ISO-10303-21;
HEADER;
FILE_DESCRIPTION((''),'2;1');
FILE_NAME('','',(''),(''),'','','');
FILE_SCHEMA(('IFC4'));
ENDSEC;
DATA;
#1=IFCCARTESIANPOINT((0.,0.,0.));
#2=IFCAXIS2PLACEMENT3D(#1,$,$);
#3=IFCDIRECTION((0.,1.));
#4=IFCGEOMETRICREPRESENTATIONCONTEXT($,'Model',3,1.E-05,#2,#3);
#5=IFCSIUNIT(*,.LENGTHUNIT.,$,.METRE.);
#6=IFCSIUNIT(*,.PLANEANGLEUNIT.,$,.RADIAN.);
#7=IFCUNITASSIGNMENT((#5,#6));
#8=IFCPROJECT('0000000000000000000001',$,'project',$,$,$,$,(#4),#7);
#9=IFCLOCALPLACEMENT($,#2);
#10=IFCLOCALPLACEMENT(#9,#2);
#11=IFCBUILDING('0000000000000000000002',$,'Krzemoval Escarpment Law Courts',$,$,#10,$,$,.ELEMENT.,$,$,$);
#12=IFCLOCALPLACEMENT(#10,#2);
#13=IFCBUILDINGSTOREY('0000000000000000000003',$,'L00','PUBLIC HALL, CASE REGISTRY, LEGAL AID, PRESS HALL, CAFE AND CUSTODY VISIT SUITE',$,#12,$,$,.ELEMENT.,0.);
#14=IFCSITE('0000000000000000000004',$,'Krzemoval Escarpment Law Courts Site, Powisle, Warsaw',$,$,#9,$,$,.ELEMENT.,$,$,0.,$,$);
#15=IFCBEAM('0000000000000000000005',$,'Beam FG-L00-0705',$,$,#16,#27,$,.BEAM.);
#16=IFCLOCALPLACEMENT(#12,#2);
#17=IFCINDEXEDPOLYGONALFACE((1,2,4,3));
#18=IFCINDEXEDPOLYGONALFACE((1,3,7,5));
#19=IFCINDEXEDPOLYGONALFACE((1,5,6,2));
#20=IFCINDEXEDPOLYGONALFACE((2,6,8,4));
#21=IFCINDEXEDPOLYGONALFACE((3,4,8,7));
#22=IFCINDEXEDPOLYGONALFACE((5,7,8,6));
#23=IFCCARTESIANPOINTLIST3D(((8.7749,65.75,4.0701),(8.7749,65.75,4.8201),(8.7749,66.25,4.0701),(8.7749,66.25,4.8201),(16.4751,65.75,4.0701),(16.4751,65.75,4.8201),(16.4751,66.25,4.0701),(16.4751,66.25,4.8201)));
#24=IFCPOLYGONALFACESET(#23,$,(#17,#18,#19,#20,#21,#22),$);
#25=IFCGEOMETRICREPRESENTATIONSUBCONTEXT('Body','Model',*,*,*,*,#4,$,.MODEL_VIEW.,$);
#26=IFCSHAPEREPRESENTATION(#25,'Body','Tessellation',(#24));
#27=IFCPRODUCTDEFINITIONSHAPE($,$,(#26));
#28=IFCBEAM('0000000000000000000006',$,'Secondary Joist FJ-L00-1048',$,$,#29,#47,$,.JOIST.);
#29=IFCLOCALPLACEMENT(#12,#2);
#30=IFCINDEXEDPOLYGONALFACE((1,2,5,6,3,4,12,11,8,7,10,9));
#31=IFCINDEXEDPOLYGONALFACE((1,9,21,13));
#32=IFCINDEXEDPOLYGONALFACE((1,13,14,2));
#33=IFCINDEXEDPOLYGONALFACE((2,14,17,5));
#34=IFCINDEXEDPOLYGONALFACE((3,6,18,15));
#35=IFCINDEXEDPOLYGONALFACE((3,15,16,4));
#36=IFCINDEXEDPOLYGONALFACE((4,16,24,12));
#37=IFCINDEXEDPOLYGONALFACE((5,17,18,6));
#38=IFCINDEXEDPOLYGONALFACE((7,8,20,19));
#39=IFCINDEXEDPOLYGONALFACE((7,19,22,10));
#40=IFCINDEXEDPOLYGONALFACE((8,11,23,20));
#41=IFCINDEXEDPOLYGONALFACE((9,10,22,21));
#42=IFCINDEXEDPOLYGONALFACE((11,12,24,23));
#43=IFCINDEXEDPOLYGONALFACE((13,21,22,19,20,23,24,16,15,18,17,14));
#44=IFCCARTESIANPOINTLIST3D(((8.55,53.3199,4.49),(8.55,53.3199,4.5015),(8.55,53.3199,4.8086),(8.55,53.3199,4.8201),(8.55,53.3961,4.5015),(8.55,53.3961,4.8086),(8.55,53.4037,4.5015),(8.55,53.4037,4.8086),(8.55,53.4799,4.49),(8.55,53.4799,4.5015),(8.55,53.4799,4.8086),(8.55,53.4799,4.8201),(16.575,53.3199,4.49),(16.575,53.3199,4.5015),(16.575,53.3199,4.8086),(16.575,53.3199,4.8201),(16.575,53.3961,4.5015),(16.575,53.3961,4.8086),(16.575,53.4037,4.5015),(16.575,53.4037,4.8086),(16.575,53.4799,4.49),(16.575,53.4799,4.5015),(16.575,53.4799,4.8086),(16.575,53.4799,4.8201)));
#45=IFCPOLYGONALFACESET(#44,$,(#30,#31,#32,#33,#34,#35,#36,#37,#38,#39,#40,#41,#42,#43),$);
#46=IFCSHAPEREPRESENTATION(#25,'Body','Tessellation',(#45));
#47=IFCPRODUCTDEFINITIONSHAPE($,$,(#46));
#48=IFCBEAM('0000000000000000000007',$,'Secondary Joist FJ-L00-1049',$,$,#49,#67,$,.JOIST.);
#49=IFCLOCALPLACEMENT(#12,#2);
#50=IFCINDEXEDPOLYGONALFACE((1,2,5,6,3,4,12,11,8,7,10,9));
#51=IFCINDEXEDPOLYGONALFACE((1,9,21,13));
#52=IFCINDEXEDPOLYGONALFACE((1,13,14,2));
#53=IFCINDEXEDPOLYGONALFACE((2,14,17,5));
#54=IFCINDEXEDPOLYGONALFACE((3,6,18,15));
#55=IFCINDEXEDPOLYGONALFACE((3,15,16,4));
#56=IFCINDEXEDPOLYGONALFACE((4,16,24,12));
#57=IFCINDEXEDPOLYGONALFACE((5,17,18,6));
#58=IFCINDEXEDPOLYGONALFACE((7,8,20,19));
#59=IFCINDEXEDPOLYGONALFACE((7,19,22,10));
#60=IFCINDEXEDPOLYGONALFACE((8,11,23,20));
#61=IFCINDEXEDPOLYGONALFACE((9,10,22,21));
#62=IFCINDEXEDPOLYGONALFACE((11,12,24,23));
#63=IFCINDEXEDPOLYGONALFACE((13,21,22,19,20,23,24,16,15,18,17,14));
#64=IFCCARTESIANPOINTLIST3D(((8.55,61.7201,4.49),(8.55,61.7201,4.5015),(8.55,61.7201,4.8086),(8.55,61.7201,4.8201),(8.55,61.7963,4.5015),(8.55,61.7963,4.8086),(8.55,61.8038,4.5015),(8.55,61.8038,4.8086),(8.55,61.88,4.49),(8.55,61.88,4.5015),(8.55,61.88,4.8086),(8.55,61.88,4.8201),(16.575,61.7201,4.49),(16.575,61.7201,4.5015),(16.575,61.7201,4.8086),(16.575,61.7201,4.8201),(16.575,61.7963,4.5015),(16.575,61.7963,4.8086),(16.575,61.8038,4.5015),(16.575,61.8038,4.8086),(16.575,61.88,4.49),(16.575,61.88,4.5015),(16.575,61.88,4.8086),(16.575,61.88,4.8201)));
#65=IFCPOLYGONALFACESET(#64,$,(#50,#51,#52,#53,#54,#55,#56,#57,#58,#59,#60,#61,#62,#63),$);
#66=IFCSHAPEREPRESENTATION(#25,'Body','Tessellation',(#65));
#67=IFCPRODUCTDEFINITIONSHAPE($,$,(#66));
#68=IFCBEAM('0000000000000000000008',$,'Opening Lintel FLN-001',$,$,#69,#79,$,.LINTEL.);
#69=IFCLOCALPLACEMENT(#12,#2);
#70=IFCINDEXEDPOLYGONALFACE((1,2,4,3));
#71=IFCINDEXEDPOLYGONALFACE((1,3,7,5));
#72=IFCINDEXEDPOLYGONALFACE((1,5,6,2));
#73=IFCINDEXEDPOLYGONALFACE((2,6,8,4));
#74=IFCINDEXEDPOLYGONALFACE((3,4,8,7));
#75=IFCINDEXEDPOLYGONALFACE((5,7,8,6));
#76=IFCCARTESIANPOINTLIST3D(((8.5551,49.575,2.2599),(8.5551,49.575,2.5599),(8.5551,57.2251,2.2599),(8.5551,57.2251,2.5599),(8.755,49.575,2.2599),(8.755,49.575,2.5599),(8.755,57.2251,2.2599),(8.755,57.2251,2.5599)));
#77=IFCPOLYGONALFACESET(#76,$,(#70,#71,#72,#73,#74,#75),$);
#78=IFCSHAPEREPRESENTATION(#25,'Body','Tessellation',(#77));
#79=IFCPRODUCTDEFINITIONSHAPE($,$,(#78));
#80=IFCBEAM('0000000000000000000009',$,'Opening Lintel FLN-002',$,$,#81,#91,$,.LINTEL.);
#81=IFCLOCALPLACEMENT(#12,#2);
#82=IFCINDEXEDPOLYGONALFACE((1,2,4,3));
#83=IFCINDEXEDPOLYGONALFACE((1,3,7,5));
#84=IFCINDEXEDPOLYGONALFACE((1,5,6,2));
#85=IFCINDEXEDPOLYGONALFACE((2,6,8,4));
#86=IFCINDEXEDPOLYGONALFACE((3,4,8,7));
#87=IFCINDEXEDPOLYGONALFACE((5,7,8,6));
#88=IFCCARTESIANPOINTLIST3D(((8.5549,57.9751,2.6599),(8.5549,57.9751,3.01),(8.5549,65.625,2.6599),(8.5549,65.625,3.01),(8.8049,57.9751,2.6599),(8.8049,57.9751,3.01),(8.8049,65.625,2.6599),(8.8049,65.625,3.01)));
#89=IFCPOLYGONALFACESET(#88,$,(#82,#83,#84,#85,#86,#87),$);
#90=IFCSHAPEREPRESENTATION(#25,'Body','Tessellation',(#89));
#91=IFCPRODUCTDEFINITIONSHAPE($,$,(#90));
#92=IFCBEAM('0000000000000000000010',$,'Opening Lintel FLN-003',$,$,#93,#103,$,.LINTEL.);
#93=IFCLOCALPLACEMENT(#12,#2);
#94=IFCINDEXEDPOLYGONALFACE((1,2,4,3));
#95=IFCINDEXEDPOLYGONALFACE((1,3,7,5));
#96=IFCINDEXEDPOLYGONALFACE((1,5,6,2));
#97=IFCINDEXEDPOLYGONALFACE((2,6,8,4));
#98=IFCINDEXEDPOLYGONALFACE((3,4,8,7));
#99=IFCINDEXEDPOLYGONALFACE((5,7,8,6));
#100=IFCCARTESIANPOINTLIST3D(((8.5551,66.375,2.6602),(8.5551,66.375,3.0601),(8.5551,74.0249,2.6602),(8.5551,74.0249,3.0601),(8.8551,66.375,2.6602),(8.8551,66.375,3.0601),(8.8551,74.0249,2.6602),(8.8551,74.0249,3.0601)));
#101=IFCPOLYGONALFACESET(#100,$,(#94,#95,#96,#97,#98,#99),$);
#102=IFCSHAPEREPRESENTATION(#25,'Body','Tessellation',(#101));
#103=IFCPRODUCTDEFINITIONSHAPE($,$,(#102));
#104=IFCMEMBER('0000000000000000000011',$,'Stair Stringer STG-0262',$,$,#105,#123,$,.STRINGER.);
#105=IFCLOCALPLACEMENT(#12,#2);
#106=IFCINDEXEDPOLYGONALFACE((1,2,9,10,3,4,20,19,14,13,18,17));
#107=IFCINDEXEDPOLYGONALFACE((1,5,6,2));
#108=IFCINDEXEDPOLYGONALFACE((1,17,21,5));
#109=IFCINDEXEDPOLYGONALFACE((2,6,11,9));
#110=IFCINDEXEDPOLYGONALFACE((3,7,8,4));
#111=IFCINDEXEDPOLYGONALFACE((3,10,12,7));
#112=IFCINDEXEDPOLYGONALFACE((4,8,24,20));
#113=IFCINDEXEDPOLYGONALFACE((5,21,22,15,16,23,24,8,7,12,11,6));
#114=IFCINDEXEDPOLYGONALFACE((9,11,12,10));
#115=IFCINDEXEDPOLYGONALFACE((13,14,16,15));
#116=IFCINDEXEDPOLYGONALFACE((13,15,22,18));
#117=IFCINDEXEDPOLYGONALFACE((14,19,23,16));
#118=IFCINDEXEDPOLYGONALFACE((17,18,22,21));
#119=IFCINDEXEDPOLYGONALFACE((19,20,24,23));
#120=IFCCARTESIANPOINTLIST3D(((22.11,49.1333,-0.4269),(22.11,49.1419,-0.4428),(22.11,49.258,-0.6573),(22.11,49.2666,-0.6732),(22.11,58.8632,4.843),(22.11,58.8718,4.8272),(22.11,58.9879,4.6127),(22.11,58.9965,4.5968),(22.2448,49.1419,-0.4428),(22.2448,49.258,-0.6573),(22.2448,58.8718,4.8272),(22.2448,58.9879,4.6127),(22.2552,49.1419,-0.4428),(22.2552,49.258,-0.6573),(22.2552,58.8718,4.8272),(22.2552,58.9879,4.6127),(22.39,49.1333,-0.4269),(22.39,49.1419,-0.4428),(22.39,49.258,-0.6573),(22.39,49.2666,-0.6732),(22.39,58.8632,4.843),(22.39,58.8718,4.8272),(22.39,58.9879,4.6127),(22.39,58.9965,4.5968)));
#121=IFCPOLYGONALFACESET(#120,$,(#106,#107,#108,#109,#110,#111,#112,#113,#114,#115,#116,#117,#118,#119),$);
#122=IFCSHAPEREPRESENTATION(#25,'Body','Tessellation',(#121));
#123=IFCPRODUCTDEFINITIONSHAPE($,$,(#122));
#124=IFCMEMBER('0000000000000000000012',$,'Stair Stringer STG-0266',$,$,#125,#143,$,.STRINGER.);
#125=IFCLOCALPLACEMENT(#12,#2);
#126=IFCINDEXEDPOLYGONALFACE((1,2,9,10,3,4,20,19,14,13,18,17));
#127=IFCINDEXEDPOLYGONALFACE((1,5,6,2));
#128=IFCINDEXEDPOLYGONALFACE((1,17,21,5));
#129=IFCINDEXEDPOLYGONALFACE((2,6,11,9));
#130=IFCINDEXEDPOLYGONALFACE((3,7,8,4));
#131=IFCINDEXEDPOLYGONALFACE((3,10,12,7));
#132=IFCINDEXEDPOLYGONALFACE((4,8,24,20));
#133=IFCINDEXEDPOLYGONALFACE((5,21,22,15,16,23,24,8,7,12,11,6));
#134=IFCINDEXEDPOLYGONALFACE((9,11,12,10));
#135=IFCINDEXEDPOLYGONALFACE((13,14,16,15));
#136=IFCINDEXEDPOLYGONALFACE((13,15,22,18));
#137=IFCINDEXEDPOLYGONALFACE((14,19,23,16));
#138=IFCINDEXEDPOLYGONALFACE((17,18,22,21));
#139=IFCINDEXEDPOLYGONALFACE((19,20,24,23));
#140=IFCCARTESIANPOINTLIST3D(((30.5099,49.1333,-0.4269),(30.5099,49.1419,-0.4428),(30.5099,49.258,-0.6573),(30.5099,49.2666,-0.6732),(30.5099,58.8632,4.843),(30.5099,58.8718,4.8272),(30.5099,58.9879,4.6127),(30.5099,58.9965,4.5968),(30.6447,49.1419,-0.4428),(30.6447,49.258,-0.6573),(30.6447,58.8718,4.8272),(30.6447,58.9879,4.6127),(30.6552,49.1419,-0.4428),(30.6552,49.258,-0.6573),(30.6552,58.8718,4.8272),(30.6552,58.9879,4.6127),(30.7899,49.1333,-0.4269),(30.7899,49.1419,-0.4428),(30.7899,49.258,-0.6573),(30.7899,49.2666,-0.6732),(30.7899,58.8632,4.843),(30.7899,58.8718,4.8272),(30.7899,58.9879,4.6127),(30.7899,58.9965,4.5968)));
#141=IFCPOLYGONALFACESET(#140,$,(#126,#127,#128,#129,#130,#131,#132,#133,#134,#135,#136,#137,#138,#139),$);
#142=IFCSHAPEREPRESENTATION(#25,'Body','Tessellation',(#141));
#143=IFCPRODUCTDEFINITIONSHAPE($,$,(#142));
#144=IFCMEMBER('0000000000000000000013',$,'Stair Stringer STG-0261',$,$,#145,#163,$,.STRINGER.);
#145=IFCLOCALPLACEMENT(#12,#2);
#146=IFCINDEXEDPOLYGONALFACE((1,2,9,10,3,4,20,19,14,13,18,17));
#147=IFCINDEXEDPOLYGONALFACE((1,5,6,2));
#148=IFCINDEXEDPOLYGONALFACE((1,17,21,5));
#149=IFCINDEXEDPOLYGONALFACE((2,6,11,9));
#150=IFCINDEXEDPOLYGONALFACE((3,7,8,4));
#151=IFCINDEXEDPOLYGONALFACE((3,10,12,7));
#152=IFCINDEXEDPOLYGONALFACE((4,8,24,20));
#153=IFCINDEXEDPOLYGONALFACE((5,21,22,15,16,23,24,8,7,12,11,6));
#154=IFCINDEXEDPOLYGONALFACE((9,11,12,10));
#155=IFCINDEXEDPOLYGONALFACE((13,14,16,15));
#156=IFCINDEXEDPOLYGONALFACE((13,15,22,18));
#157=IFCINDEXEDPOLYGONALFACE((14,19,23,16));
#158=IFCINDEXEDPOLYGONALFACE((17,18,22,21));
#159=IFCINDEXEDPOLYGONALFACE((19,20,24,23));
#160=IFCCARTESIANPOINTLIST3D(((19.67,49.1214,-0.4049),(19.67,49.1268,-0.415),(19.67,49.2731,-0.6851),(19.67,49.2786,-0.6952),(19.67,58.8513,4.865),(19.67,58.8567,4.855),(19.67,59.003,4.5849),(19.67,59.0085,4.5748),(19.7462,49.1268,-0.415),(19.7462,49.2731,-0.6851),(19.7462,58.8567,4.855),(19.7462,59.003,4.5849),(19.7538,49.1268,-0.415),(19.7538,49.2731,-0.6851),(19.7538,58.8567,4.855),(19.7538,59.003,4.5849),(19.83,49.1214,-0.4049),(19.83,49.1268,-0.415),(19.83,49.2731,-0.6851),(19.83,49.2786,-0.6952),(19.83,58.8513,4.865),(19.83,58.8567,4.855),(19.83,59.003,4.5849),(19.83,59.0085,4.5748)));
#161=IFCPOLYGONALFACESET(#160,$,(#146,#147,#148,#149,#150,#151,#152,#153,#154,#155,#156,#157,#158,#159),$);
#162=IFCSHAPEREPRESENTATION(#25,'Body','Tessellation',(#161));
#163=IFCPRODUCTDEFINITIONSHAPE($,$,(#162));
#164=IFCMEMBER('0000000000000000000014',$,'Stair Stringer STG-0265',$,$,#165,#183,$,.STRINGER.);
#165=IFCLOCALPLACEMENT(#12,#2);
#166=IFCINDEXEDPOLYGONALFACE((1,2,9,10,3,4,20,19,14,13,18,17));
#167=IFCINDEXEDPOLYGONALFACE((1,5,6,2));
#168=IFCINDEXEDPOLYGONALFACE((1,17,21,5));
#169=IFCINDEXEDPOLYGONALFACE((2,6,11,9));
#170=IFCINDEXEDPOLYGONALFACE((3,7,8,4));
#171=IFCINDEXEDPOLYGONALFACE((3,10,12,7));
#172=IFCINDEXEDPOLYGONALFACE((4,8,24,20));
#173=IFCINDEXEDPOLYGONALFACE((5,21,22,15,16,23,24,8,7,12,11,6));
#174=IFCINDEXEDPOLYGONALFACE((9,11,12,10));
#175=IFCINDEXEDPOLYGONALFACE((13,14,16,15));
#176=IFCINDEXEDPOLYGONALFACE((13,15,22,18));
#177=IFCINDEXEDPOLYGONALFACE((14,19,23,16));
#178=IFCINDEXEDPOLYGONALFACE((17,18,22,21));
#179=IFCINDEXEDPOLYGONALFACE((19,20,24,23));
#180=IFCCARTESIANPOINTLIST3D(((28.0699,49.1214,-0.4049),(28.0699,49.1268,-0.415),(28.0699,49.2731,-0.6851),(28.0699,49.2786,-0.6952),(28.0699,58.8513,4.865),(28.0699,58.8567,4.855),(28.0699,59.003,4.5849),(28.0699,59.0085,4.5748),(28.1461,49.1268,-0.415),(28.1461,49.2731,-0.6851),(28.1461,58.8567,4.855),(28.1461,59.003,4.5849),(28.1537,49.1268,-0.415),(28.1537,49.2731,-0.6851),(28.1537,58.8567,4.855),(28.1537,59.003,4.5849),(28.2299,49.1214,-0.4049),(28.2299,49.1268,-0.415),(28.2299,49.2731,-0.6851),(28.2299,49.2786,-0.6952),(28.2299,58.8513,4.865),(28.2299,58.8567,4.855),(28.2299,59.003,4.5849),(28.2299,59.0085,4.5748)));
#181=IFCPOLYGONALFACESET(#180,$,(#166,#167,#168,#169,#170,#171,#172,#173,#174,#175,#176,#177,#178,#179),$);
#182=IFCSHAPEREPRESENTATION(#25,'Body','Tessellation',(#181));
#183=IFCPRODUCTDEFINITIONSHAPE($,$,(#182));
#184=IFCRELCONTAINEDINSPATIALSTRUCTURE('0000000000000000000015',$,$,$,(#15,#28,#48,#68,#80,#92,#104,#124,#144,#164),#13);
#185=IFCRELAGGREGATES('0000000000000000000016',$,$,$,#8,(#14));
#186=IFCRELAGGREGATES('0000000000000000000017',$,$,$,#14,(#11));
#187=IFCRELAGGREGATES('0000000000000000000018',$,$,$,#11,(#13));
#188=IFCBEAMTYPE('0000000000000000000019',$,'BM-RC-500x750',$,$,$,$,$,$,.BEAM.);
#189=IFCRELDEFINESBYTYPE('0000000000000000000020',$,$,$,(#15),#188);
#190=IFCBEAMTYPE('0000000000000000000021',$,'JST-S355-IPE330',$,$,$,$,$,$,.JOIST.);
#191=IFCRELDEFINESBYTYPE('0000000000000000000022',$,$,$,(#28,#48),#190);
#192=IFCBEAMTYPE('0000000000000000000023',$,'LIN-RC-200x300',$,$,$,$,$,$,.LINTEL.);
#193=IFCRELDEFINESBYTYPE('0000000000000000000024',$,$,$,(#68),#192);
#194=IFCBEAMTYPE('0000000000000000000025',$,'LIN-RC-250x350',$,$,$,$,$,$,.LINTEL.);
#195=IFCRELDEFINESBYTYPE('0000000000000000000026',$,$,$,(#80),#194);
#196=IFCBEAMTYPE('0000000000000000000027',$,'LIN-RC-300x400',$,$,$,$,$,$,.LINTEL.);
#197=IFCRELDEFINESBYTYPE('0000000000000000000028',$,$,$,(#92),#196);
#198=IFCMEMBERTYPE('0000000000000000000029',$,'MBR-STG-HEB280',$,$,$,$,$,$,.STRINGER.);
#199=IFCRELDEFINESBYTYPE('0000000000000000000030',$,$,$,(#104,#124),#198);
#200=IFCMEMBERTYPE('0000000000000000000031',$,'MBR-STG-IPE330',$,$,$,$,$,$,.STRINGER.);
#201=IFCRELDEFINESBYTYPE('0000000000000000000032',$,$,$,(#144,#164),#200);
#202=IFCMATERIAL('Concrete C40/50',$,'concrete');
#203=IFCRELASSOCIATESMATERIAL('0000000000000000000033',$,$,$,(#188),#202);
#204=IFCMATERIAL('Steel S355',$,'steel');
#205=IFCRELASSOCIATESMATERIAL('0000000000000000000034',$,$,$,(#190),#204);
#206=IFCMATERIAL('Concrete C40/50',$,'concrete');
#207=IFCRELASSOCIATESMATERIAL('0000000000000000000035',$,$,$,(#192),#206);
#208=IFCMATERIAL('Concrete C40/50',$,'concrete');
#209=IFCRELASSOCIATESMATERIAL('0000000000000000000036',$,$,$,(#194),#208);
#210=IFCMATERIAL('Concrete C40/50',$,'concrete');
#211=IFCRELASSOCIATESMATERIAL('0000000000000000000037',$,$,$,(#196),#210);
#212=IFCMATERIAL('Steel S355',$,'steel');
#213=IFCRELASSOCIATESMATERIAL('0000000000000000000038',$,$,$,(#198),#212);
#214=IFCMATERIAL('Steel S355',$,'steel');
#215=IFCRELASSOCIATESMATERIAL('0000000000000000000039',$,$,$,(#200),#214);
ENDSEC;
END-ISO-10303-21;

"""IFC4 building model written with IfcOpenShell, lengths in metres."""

from ifc_helpers import new_model, si_unit, direction, frame, origin, origin_2d, place, context, subcontext, project, spatial, rectangle, i_section, extrude, material, material_profile, profile_set, type_object, element, save


model = new_model("IFC4")

# Units and contexts
model_context = context("Model", 3, precision=1e-05, world=origin(), true_north=direction((0.0, 1.0)))
body_context = subcontext(model_context, "Body", "Model", "MODEL_VIEW")
ifc_project = project(units=[si_unit("LENGTHUNIT", "METRE"), si_unit("PLANEANGLEUNIT", "RADIAN")], contexts=[model_context])

# Site, building, storey
site_placement = place(None, origin())
site = spatial("IfcSite", under=ifc_project, at=site_placement, Name="Krzemoval Escarpment Law Courts Site, Powisle, Warsaw", CompositionType="ELEMENT", RefElevation=0.0)
building_placement = place(site_placement, origin())
building = spatial("IfcBuilding", under=site, at=building_placement, Name="Krzemoval Escarpment Law Courts", CompositionType="ELEMENT")
storey_placement = place(building_placement, origin())
storey = spatial("IfcBuildingStorey", under=building, at=storey_placement, Name="L00", Description="PUBLIC HALL, CASE REGISTRY, LEGAL AID, PRESS HALL, CAFE AND CUSTODY VISIT SUITE", CompositionType="ELEMENT", Elevation=0.0)

# Beams
ifc_material_1 = material(Name="Concrete C40/50", Category="concrete")
ifc_material_profile_1 = material_profile(ifc_material_1, rectangle(XDim=0.5, YDim=0.75, at=origin_2d()), Name="RCB 500x750")
ifc_profile_set_1 = profile_set([ifc_material_profile_1], Name="Concrete C40/50")
beam_type_1 = type_object("IfcBeamType", Name="BM-RC-500x750", PredefinedType="BEAM", material=ifc_profile_set_1)
for number, where, z_axis, x_axis, name in (
    (1, (8.7749, 66.0, 4.4451), (1.0, 0.0, 0.0), (0.0, 1.0, 0.0), "Beam FG-L00-0705"),
):
    element("IfcBeam", number, at=place(storey_placement, frame(where, z_axis=z_axis, x_axis=x_axis)), inside=storey, type_object=beam_type_1, Name=name, PredefinedType="BEAM", context=body_context, shape_type="SweptSolid", body=[
        extrude(rectangle(XDim=0.5, YDim=0.75, at=origin_2d()), origin(), (0.0, 0.0, 1.0), 7.7002),
    ])
ifc_material_2 = material(Name="Steel S355", Category="steel")
ifc_material_profile_2 = material_profile(ifc_material_2, i_section(OverallWidth=0.1599, OverallDepth=0.3301, WebThickness=0.0076, FlangeThickness=0.0115, at=origin_2d()), Name="IPE 330")
ifc_profile_set_2 = profile_set([ifc_material_profile_2], Name="Steel S355")
beam_type_2 = type_object("IfcBeamType", Name="JST-S355-IPE330", PredefinedType="JOIST", material=ifc_profile_set_2)
for number, where, z_axis, x_axis, name in (
    (2, (8.55, 53.3999, 4.655), (1.0, 0.0, 0.0), (0.0, 1.0, 0.0), "Secondary Joist FJ-L00-1048"),
    (3, (8.55, 61.8, 4.655), (1.0, 0.0, 0.0), (0.0, 1.0, 0.0), "Secondary Joist FJ-L00-1049"),
):
    element("IfcBeam", number, at=place(storey_placement, frame(where, z_axis=z_axis, x_axis=x_axis)), inside=storey, type_object=beam_type_2, Name=name, PredefinedType="JOIST", context=body_context, shape_type="SweptSolid", body=[
        extrude(i_section(OverallWidth=0.1599, OverallDepth=0.3301, WebThickness=0.0076, FlangeThickness=0.0115, at=origin_2d()), origin(), (0.0, 0.0, 1.0), 8.0249),
    ])
ifc_material_3 = material(Name="Concrete C40/50", Category="concrete")
ifc_material_profile_3 = material_profile(ifc_material_3, rectangle(XDim=0.2, YDim=0.3, at=origin_2d()), Name="LIN 200x300")
ifc_profile_set_3 = profile_set([ifc_material_profile_3], Name="Concrete C40/50")
beam_type_3 = type_object("IfcBeamType", Name="LIN-RC-200x300", PredefinedType="LINTEL", material=ifc_profile_set_3)
beam_1_placement = place(storey_placement, frame((8.655, 49.575, 2.4099), z_axis=(0.0, 1.0, 0.0), x_axis=(-1.0, 0.0, 0.0)))
element("IfcBeam", 4, at=beam_1_placement, inside=storey, type_object=beam_type_3, Name="Opening Lintel FLN-001", PredefinedType="LINTEL", context=body_context, shape_type="SweptSolid", body=[
    extrude(rectangle(XDim=0.2, YDim=0.3, at=origin_2d()), origin(), (0.0, 0.0, 1.0), 7.6501),
])
ifc_material_4 = material(Name="Concrete C40/50", Category="concrete")
ifc_material_profile_4 = material_profile(ifc_material_4, rectangle(XDim=0.25, YDim=0.3501, at=origin_2d()), Name="LIN 250x350")
ifc_profile_set_4 = profile_set([ifc_material_profile_4], Name="Concrete C40/50")
beam_type_4 = type_object("IfcBeamType", Name="LIN-RC-250x350", PredefinedType="LINTEL", material=ifc_profile_set_4)
beam_2_placement = place(storey_placement, frame((8.6799, 57.9751, 2.835), z_axis=(0.0, 1.0, 0.0), x_axis=(-1.0, 0.0, 0.0)))
element("IfcBeam", 5, at=beam_2_placement, inside=storey, type_object=beam_type_4, Name="Opening Lintel FLN-002", PredefinedType="LINTEL", context=body_context, shape_type="SweptSolid", body=[
    extrude(rectangle(XDim=0.25, YDim=0.3501, at=origin_2d()), origin(), (0.0, 0.0, 1.0), 7.6499),
])
ifc_material_5 = material(Name="Concrete C40/50", Category="concrete")
ifc_material_profile_5 = material_profile(ifc_material_5, rectangle(XDim=0.3, YDim=0.3999, at=origin_2d()), Name="LIN 300x400")
ifc_profile_set_5 = profile_set([ifc_material_profile_5], Name="Concrete C40/50")
beam_type_5 = type_object("IfcBeamType", Name="LIN-RC-300x400", PredefinedType="LINTEL", material=ifc_profile_set_5)
beam_3_placement = place(storey_placement, frame((8.7051, 66.375, 2.8601), z_axis=(0.0, 1.0, 0.0), x_axis=(-1.0, 0.0, 0.0)))
element("IfcBeam", 6, at=beam_3_placement, inside=storey, type_object=beam_type_5, Name="Opening Lintel FLN-003", PredefinedType="LINTEL", context=body_context, shape_type="SweptSolid", body=[
    extrude(rectangle(XDim=0.3, YDim=0.3999, at=origin_2d()), origin(), (0.0, 0.0, 1.0), 7.6499),
])

# Members
ifc_material_6 = material(Name="Steel S355", Category="steel")
ifc_material_profile_6 = material_profile(ifc_material_6, i_section(OverallWidth=0.28, OverallDepth=0.28, WebThickness=0.0105, FlangeThickness=0.0181, at=origin_2d()), Name="HEB 280")
ifc_profile_set_6 = profile_set([ifc_material_profile_6], Name="Steel S355")
member_type_1 = type_object("IfcMemberType", Name="MBR-STG-HEB280", PredefinedType="STRINGER", material=ifc_profile_set_6)
for number, where, z_axis, x_axis, name in (
    (7, (22.25, 49.2, -0.55), (0.0, 0.879307, 0.476256), (-1.0, 0.0, 0.0), "Stair Stringer STG-0262"),
    (8, (30.6499, 49.2, -0.55), (0.0, 0.879307, 0.476256), (-1.0, 0.0, 0.0), "Stair Stringer STG-0266"),
):
    element("IfcMember", number, at=place(storey_placement, frame(where, z_axis=z_axis, x_axis=x_axis)), inside=storey, type_object=member_type_1, Name=name, PredefinedType="STRINGER", context=body_context, shape_type="SweptSolid", body=[
        extrude(i_section(OverallWidth=0.28, OverallDepth=0.28, WebThickness=0.0105, FlangeThickness=0.0181, at=origin_2d()), origin(), (0.0, 0.0, 1.0), 11.0654),
    ])
ifc_material_7 = material(Name="Steel S355", Category="steel")
ifc_material_profile_7 = material_profile(ifc_material_7, i_section(OverallWidth=0.1599, OverallDepth=0.3301, WebThickness=0.0076, FlangeThickness=0.0115, at=origin_2d()), Name="IPE 330")
ifc_profile_set_7 = profile_set([ifc_material_profile_7], Name="Steel S355")
member_type_2 = type_object("IfcMemberType", Name="MBR-STG-IPE330", PredefinedType="STRINGER", material=ifc_profile_set_7)
for number, where, z_axis, x_axis, name in (
    (9, (19.75, 49.2, -0.55), (0.0, 0.879307, 0.476256), (-1.0, 0.0, 0.0), "Stair Stringer STG-0261"),
    (10, (28.1499, 49.2, -0.55), (0.0, 0.879307, 0.476256), (-1.0, 0.0, 0.0), "Stair Stringer STG-0265"),
):
    element("IfcMember", number, at=place(storey_placement, frame(where, z_axis=z_axis, x_axis=x_axis)), inside=storey, type_object=member_type_2, Name=name, PredefinedType="STRINGER", context=body_context, shape_type="SweptSolid", body=[
        extrude(i_section(OverallWidth=0.1599, OverallDepth=0.3301, WebThickness=0.0076, FlangeThickness=0.0115, at=origin_2d()), origin(), (0.0, 0.0, 1.0), 11.0654),
    ])

save(model, "model.ifc")
